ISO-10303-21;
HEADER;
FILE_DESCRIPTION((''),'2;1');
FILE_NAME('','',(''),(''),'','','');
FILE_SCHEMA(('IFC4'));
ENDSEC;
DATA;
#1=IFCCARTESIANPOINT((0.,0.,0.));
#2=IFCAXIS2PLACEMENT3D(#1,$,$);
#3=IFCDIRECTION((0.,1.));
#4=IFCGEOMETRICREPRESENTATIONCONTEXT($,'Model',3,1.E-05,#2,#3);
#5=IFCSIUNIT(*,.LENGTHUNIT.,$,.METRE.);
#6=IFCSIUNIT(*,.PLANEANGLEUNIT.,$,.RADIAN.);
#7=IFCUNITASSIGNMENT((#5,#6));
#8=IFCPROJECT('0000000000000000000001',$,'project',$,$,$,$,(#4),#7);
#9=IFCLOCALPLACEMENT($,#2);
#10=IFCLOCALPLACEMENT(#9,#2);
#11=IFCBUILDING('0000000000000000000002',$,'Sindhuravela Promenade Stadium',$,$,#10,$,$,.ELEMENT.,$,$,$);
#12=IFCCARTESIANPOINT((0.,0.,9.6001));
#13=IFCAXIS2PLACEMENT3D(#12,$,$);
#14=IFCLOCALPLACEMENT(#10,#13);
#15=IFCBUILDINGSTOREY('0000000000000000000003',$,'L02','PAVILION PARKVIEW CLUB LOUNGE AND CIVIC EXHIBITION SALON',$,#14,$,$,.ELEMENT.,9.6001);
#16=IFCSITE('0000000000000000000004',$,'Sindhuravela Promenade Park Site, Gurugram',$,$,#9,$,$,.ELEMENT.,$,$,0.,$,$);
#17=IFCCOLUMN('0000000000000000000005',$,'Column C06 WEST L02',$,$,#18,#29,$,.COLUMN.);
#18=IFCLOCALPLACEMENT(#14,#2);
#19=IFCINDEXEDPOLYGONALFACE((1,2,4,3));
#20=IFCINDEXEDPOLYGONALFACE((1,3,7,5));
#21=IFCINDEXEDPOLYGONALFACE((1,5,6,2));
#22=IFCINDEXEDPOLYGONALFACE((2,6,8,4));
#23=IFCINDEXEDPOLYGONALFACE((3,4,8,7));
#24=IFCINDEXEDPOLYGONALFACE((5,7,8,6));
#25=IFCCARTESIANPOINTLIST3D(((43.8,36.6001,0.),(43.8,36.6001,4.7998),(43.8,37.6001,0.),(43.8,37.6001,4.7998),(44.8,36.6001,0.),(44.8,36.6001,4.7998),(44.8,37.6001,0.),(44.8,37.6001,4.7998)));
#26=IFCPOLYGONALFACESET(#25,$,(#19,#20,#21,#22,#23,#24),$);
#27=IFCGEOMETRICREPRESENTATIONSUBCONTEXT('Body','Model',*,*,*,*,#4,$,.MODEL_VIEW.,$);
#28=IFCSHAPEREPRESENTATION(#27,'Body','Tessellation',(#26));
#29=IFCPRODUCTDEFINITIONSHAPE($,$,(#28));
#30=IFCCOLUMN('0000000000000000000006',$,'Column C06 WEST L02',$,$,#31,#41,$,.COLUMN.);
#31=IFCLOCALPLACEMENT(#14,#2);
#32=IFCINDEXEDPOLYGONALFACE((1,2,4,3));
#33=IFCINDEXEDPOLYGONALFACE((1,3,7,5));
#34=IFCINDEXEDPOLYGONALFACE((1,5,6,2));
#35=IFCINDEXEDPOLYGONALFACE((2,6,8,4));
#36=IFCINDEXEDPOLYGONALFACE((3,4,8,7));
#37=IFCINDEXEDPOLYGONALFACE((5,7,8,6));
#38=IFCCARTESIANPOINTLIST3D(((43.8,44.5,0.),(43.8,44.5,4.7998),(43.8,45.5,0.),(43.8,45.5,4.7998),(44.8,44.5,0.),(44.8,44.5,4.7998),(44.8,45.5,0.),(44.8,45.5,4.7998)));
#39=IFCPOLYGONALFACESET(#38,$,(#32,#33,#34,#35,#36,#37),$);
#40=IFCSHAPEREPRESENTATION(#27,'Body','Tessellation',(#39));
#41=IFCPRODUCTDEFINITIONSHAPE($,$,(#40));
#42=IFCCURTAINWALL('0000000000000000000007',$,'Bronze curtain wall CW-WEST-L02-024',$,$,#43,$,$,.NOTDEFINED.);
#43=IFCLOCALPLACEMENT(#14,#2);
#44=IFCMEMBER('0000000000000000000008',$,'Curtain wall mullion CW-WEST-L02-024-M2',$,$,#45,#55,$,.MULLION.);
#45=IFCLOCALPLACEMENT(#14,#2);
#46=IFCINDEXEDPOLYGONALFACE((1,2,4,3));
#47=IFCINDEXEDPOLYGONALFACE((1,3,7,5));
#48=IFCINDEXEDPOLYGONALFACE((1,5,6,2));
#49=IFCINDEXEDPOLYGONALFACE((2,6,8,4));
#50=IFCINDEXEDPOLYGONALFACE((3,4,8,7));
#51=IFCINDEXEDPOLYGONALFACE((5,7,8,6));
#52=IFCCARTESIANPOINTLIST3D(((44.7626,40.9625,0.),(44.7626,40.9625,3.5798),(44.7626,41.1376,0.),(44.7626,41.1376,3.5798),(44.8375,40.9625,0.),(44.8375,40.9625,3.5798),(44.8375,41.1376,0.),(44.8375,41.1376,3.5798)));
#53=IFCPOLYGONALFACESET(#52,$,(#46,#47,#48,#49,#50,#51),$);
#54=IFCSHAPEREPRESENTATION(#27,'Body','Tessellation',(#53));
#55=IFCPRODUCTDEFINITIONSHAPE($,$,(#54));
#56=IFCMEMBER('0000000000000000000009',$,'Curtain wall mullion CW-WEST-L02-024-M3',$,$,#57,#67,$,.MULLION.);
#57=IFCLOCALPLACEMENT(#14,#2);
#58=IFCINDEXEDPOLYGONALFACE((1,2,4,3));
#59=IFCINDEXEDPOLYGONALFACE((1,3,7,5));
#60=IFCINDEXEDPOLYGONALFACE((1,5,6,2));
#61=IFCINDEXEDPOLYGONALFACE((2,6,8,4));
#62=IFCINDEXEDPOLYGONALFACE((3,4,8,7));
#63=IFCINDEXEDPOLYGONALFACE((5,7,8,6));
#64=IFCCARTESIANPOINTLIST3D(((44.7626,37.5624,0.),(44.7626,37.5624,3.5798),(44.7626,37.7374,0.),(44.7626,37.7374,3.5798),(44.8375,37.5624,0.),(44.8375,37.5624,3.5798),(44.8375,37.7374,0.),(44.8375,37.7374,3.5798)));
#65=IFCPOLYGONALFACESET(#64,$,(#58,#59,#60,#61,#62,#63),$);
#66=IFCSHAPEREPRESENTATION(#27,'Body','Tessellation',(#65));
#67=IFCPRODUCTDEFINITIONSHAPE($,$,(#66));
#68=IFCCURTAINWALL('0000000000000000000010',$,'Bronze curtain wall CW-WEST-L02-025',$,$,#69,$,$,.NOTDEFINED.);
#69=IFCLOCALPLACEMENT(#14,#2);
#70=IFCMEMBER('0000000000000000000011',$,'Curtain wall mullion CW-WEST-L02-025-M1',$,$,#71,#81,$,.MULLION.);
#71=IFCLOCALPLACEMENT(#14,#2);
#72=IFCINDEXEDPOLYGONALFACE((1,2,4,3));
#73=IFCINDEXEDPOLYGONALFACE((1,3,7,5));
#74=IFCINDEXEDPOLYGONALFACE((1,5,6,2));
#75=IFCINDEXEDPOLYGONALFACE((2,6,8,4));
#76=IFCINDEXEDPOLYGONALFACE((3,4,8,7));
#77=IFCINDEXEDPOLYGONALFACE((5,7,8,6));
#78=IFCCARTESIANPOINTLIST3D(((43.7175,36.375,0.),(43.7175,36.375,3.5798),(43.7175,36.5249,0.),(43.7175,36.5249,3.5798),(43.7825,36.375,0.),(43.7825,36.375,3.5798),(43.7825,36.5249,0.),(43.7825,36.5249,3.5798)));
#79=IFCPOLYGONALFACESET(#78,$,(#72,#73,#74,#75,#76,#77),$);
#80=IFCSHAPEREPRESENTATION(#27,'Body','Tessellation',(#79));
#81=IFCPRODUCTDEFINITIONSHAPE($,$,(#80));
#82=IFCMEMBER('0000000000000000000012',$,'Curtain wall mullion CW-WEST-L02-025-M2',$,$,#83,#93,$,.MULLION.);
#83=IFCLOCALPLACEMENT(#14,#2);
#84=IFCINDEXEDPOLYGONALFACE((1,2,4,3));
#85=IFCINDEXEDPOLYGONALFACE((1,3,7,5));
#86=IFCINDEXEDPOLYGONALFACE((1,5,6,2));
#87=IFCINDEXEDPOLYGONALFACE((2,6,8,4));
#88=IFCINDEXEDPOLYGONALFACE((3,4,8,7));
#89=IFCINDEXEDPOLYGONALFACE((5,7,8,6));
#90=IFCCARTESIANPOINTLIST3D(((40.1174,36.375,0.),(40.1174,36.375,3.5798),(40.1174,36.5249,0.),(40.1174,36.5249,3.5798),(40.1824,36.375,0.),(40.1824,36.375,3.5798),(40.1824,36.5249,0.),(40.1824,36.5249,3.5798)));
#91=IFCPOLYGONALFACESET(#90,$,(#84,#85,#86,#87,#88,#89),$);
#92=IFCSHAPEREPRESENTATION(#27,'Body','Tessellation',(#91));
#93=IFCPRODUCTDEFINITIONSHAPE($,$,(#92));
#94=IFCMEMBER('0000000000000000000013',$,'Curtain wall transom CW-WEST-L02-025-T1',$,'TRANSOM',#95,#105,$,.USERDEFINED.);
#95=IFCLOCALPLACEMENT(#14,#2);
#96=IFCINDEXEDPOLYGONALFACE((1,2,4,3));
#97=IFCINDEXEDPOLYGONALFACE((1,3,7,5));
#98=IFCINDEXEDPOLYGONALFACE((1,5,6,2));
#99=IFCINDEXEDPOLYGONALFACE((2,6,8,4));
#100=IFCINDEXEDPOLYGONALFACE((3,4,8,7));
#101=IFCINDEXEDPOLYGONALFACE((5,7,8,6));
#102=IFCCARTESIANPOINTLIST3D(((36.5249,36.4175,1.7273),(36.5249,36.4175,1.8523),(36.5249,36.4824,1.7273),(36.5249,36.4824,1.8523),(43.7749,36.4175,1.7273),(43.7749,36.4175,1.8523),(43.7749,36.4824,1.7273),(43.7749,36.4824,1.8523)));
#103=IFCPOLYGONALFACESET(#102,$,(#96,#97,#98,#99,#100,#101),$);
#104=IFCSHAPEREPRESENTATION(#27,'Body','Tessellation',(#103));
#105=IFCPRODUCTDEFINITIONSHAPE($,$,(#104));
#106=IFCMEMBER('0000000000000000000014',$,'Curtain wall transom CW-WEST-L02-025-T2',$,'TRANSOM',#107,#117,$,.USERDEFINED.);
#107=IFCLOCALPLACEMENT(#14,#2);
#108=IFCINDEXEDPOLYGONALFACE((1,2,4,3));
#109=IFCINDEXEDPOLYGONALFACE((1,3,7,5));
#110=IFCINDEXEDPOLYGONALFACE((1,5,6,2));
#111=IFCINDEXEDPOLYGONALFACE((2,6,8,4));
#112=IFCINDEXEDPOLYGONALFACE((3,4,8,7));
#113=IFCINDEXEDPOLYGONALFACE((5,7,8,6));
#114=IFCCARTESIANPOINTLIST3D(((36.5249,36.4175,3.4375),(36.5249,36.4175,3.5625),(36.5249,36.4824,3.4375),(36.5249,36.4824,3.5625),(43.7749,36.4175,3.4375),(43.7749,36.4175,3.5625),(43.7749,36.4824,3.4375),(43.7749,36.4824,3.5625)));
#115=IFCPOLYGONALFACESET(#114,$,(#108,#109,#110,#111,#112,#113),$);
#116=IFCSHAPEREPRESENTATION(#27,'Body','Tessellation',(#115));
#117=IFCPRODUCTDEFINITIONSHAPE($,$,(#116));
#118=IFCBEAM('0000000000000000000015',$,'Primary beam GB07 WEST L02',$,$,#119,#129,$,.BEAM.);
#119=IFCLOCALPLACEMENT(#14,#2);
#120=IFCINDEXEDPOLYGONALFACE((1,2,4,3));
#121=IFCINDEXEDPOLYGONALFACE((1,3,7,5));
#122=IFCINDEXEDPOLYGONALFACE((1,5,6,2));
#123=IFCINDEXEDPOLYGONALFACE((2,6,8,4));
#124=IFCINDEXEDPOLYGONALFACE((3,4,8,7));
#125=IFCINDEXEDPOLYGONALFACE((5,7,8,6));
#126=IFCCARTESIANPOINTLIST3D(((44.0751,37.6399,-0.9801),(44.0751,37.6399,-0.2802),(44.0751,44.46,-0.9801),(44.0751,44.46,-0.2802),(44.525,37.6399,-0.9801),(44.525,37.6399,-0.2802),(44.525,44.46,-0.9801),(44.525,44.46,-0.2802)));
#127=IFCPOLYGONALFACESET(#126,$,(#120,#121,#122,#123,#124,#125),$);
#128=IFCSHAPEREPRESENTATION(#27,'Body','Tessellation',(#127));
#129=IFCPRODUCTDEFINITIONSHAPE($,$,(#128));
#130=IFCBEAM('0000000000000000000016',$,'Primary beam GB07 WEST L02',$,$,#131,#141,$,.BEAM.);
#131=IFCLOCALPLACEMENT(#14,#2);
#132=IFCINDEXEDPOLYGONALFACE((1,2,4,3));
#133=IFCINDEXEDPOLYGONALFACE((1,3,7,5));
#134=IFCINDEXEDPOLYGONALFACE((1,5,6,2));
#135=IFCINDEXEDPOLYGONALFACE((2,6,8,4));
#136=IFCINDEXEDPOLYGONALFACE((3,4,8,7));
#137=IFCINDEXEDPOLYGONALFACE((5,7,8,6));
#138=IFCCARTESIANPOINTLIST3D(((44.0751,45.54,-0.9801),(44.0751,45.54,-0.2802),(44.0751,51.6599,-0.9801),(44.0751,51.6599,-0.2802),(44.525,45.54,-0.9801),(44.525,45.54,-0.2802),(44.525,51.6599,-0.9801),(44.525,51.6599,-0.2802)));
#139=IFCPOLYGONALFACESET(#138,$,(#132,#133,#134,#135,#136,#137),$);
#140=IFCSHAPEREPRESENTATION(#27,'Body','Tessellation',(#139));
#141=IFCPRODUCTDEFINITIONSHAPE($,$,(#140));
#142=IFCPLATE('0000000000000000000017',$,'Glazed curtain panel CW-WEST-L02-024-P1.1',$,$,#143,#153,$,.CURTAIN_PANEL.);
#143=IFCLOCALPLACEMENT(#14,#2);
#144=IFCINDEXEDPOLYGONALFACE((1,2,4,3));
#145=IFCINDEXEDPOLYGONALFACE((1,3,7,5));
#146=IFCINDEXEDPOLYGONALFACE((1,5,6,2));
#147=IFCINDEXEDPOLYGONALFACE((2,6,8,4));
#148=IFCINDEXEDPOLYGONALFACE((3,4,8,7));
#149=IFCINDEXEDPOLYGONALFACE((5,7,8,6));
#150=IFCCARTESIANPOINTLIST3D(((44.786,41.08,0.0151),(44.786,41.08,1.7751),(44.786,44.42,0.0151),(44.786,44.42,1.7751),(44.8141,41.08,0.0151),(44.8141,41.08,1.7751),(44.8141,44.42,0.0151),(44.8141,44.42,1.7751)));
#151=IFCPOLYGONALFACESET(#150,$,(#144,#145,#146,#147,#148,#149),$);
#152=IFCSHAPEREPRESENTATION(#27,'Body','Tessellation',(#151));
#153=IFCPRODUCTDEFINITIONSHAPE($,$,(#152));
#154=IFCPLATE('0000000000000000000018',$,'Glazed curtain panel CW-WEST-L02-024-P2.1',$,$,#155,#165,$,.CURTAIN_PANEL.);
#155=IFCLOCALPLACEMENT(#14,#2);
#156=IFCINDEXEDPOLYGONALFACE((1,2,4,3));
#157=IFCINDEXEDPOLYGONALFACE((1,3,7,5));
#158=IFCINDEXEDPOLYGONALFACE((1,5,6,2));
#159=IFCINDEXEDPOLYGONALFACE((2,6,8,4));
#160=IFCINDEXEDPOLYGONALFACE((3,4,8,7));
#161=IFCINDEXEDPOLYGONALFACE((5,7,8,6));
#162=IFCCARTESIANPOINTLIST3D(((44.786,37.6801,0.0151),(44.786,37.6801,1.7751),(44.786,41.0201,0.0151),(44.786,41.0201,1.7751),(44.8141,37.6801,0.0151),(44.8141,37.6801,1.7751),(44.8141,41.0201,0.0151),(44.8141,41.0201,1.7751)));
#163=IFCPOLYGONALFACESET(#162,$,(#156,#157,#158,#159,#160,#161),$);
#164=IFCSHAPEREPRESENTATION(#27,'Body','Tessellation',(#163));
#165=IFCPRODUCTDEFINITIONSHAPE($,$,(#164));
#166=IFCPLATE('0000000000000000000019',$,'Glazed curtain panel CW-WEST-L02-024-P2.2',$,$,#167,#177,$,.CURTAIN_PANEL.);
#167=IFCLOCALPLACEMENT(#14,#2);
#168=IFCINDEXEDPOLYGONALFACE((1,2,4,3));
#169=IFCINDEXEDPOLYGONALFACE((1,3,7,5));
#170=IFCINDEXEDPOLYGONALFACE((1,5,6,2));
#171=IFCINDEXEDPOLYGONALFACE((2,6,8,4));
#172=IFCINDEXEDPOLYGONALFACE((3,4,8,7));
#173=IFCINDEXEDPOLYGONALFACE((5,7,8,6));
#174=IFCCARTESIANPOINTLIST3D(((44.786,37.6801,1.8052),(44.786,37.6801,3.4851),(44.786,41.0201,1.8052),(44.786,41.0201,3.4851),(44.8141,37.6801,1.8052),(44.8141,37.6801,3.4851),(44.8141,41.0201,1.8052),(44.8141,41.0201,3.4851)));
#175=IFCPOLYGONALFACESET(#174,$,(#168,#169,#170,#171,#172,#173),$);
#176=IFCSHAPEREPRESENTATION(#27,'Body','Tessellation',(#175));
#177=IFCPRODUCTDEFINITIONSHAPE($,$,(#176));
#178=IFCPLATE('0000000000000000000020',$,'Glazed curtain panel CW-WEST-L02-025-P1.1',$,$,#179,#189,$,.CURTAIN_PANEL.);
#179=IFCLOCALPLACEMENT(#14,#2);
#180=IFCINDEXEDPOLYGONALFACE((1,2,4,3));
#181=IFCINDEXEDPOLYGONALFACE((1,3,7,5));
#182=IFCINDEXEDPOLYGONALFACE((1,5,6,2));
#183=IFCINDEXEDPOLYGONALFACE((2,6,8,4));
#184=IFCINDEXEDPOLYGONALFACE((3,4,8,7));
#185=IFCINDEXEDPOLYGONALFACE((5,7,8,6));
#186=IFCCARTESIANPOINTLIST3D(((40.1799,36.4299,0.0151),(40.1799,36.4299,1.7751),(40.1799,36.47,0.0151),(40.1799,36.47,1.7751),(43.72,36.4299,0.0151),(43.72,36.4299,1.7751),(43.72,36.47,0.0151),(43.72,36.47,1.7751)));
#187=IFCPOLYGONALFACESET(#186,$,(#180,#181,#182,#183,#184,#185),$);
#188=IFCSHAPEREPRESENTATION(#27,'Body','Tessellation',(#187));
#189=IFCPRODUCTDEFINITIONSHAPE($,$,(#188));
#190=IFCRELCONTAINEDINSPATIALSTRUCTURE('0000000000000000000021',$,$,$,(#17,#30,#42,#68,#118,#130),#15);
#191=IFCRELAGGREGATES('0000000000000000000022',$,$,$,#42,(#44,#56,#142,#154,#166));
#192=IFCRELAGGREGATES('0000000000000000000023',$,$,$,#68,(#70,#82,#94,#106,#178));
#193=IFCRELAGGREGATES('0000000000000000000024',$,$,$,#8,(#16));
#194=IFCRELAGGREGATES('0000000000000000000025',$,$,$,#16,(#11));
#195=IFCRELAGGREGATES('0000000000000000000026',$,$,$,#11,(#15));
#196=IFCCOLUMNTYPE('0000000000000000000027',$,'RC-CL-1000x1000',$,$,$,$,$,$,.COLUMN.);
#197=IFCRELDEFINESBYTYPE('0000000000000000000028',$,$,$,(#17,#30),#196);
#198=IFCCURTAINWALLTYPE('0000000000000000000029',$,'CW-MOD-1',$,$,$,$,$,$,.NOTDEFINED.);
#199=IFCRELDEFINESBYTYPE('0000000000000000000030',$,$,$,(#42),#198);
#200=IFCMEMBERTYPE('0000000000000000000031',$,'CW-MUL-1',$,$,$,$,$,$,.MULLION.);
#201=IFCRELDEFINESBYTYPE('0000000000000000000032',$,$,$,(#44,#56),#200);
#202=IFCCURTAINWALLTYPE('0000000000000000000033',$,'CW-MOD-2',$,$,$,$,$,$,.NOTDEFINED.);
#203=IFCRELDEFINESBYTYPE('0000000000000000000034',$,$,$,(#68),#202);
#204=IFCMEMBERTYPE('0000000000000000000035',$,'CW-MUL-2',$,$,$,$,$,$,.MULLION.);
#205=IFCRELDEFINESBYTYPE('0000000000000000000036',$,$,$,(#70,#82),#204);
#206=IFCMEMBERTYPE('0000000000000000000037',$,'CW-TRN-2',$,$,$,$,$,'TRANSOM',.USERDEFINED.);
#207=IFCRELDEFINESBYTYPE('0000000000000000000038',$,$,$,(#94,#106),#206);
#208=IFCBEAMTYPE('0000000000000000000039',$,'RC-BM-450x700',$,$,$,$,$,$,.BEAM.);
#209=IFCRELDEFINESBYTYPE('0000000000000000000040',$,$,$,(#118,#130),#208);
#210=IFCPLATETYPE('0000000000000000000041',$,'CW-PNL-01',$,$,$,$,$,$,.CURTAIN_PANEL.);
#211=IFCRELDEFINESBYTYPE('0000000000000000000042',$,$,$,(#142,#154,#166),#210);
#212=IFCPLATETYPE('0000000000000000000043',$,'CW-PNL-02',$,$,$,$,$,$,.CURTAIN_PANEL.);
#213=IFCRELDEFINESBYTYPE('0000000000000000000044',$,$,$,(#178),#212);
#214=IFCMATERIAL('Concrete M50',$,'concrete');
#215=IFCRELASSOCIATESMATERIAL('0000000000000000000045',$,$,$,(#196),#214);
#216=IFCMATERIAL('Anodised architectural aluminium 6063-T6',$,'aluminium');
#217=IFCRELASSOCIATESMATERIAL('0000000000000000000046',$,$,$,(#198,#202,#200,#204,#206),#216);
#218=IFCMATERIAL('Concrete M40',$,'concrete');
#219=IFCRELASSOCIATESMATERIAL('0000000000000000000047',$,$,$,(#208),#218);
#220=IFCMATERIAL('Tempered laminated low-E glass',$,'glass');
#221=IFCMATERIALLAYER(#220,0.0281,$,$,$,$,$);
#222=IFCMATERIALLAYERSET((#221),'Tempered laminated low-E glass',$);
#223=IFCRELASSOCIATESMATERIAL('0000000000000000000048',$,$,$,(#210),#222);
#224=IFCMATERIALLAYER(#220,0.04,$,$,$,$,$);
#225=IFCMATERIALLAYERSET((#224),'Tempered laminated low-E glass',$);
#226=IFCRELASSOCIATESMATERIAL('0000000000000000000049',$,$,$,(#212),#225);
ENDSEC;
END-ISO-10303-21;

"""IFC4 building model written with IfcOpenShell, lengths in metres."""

from ifc_helpers import new_model, si_unit, direction, frame, origin, origin_2d, place, context, subcontext, project, spatial, rectangle, extrude, material, layer, layer_set, material_profile, profile_set, type_object, element, aggregate, save


model = new_model("IFC4")

# Units and contexts
model_context = context("Model", 3, precision=1e-05, world=origin(), true_north=direction((0.0, 1.0)))
body_context = subcontext(model_context, "Body", "Model", "MODEL_VIEW")
ifc_project = project(units=[si_unit("LENGTHUNIT", "METRE"), si_unit("PLANEANGLEUNIT", "RADIAN")], contexts=[model_context])

# Site, building, storey
site_placement = place(None, origin())
site = spatial("IfcSite", under=ifc_project, at=site_placement, Name="Sindhuravela Promenade Park Site, Gurugram", CompositionType="ELEMENT", RefElevation=0.0)
building_placement = place(site_placement, origin())
building = spatial("IfcBuilding", under=site, at=building_placement, Name="Sindhuravela Promenade Stadium", CompositionType="ELEMENT")
storey_placement = place(building_placement, frame((0.0, 0.0, 9.6001)))
storey = spatial("IfcBuildingStorey", under=building, at=storey_placement, Name="L02", Description="PAVILION PARKVIEW CLUB LOUNGE AND CIVIC EXHIBITION SALON", CompositionType="ELEMENT", Elevation=9.6001)

# Columns
ifc_material_1 = material(Name="Concrete M50", Category="concrete")
ifc_material_profile_1 = material_profile(ifc_material_1, rectangle(XDim=1.0, YDim=1.0, at=origin_2d()), Name="RC 1000x1000")
ifc_profile_set_1 = profile_set([ifc_material_profile_1], Name="Concrete M50")
column_type = type_object("IfcColumnType", Name="RC-CL-1000x1000", PredefinedType="COLUMN", material=ifc_profile_set_1)
for number, where, z_axis, x_axis, name in (
    (1, (44.3, 37.1001, 0.0), (0.0, 0.0, 1.0), (1.0, 0.0, 0.0), "Column C06 WEST L02"),
    (2, (44.3, 45.0, 0.0), (0.0, 0.0, 1.0), (1.0, 0.0, 0.0), "Column C06 WEST L02"),
):
    element("IfcColumn", number, at=place(storey_placement, frame(where, z_axis=z_axis, x_axis=x_axis)), inside=storey, type_object=column_type, Name=name, PredefinedType="COLUMN", context=body_context, shape_type="SweptSolid", body=[
        extrude(rectangle(XDim=1.0, YDim=1.0, at=origin_2d()), origin(), (0.0, 0.0, 1.0), 4.7998),
    ])

# Curtain walls, members
ifc_material_2 = material(Name="Anodised architectural aluminium 6063-T6", Category="aluminium")
curtain_wall_type_1 = type_object("IfcCurtainWallType", Name="CW-MOD-1", PredefinedType="NOTDEFINED", material=ifc_material_2)
curtain_wall_1_placement = place(storey_placement, origin())
curtain_wall_1 = element("IfcCurtainWall", 3, at=curtain_wall_1_placement, inside=storey, type_object=curtain_wall_type_1, Name="Bronze curtain wall CW-WEST-L02-024", PredefinedType="NOTDEFINED")
ifc_material_profile_2 = material_profile(ifc_material_2, rectangle(XDim=0.075, YDim=0.175, at=origin_2d()), Name="ALU MULL 75x175")
ifc_profile_set_2 = profile_set([ifc_material_profile_2], Name="Anodised architectural aluminium 6063-T6")
member_type_1 = type_object("IfcMemberType", Name="CW-MUL-1", PredefinedType="MULLION", material=ifc_profile_set_2)
member_1_placement = place(storey_placement, frame((44.8, 41.05, 0.0), z_axis=(0.0, 0.0, 1.0), x_axis=(1.0, 0.0, 0.0)))
member_1 = element("IfcMember", 4, at=member_1_placement, type_object=member_type_1, Name="Curtain wall mullion CW-WEST-L02-024-M2", PredefinedType="MULLION", context=body_context, shape_type="SweptSolid", body=[
    extrude(rectangle(XDim=0.075, YDim=0.175, at=origin_2d()), origin(), (0.0, 0.0, 1.0), 3.5798),
])
member_2_placement = place(storey_placement, frame((44.8, 37.6499, 0.0), z_axis=(0.0, 0.0, 1.0), x_axis=(1.0, 0.0, 0.0)))
member_2 = element("IfcMember", 5, at=member_2_placement, type_object=member_type_1, Name="Curtain wall mullion CW-WEST-L02-024-M3", PredefinedType="MULLION", context=body_context, shape_type="SweptSolid", body=[
    extrude(rectangle(XDim=0.075, YDim=0.175, at=origin_2d()), origin(), (0.0, 0.0, 1.0), 3.5798),
])
curtain_wall_type_2 = type_object("IfcCurtainWallType", Name="CW-MOD-2", PredefinedType="NOTDEFINED", material=ifc_material_2)
curtain_wall_2_placement = place(storey_placement, origin())
curtain_wall_2 = element("IfcCurtainWall", 6, at=curtain_wall_2_placement, inside=storey, type_object=curtain_wall_type_2, Name="Bronze curtain wall CW-WEST-L02-025", PredefinedType="NOTDEFINED")
ifc_material_profile_3 = material_profile(ifc_material_2, rectangle(XDim=0.0649, YDim=0.1499, at=origin_2d()), Name="ALU MULL 65x150")
ifc_profile_set_3 = profile_set([ifc_material_profile_3], Name="Anodised architectural aluminium 6063-T6")
member_type_2 = type_object("IfcMemberType", Name="CW-MUL-2", PredefinedType="MULLION", material=ifc_profile_set_3)
member_3_placement = place(storey_placement, frame((43.75, 36.45, 0.0), z_axis=(0.0, 0.0, 1.0), x_axis=(1.0, 0.0, 0.0)))
member_3 = element("IfcMember", 7, at=member_3_placement, type_object=member_type_2, Name="Curtain wall mullion CW-WEST-L02-025-M1", PredefinedType="MULLION", context=body_context, shape_type="SweptSolid", body=[
    extrude(rectangle(XDim=0.0649, YDim=0.1499, at=origin_2d()), origin(), (0.0, 0.0, 1.0), 3.5798),
])
member_4_placement = place(storey_placement, frame((40.1499, 36.45, 0.0), z_axis=(0.0, 0.0, 1.0), x_axis=(1.0, 0.0, 0.0)))
member_4 = element("IfcMember", 8, at=member_4_placement, type_object=member_type_2, Name="Curtain wall mullion CW-WEST-L02-025-M2", PredefinedType="MULLION", context=body_context, shape_type="SweptSolid", body=[
    extrude(rectangle(XDim=0.0649, YDim=0.1499, at=origin_2d()), origin(), (0.0, 0.0, 1.0), 3.5798),
])
ifc_material_profile_4 = material_profile(ifc_material_2, rectangle(XDim=0.0649, YDim=0.125, at=origin_2d()), Name="ALU TRAN 65x125")
ifc_profile_set_4 = profile_set([ifc_material_profile_4], Name="Anodised architectural aluminium 6063-T6")
member_type_3 = type_object("IfcMemberType", Name="CW-TRN-2", ElementType="TRANSOM", PredefinedType="USERDEFINED", material=ifc_profile_set_4)
member_5_placement = place(storey_placement, frame((43.7749, 36.45, 1.7898), z_axis=(-1.0, 0.0, 0.0), x_axis=(0.0, -1.0, 0.0)))
member_5 = element("IfcMember", 9, at=member_5_placement, type_object=member_type_3, Name="Curtain wall transom CW-WEST-L02-025-T1", ObjectType="TRANSOM", PredefinedType="USERDEFINED", context=body_context, shape_type="SweptSolid", body=[
    extrude(rectangle(XDim=0.0649, YDim=0.125, at=origin_2d()), origin(), (0.0, 0.0, 1.0), 7.25),
])
member_6_placement = place(storey_placement, frame((43.7749, 36.45, 3.5), z_axis=(-1.0, 0.0, 0.0), x_axis=(0.0, -1.0, 0.0)))
member_6 = element("IfcMember", 10, at=member_6_placement, type_object=member_type_3, Name="Curtain wall transom CW-WEST-L02-025-T2", ObjectType="TRANSOM", PredefinedType="USERDEFINED", context=body_context, shape_type="SweptSolid", body=[
    extrude(rectangle(XDim=0.0649, YDim=0.125, at=origin_2d()), origin(), (0.0, 0.0, 1.0), 7.25),
])

# Beams
ifc_material_3 = material(Name="Concrete M40", Category="concrete")
ifc_material_profile_5 = material_profile(ifc_material_3, rectangle(XDim=0.45, YDim=0.7, at=origin_2d()), Name="RC 450x700")
ifc_profile_set_5 = profile_set([ifc_material_profile_5], Name="Concrete M40")
beam_type = type_object("IfcBeamType", Name="RC-BM-450x700", PredefinedType="BEAM", material=ifc_profile_set_5)
beam_1_placement = place(storey_placement, frame((44.3, 37.6399, -0.6301), z_axis=(0.0, 1.0, 0.0), x_axis=(-1.0, 0.0, 0.0)))
element("IfcBeam", 11, at=beam_1_placement, inside=storey, type_object=beam_type, Name="Primary beam GB07 WEST L02", PredefinedType="BEAM", context=body_context, shape_type="SweptSolid", body=[
    extrude(rectangle(XDim=0.45, YDim=0.7, at=origin_2d()), origin(), (0.0, 0.0, 1.0), 6.8201),
])
beam_2_placement = place(storey_placement, frame((44.3, 45.54, -0.6301), z_axis=(0.0, 1.0, 0.0), x_axis=(-1.0, 0.0, 0.0)))
element("IfcBeam", 12, at=beam_2_placement, inside=storey, type_object=beam_type, Name="Primary beam GB07 WEST L02", PredefinedType="BEAM", context=body_context, shape_type="SweptSolid", body=[
    extrude(rectangle(XDim=0.45, YDim=0.7, at=origin_2d()), origin(), (0.0, 0.0, 1.0), 6.1199),
])

# Plates
ifc_material_4 = material(Name="Tempered laminated low-E glass", Category="glass")
ifc_layer_1 = layer(ifc_material_4, 0.0281)
ifc_layer_set_1 = layer_set([ifc_layer_1], Name="Tempered laminated low-E glass")
plate_type_1 = type_object("IfcPlateType", Name="CW-PNL-01", PredefinedType="CURTAIN_PANEL", material=ifc_layer_set_1)
plate_1_placement = place(storey_placement, frame((44.8, 42.75, 0.0151), z_axis=(0.0, 0.0, 1.0), x_axis=(0.0, -1.0, 0.0)))
plate_1 = element("IfcPlate", 13, at=plate_1_placement, type_object=plate_type_1, Name="Glazed curtain panel CW-WEST-L02-024-P1.1", PredefinedType="CURTAIN_PANEL", context=body_context, shape_type="SweptSolid", body=[
    extrude(rectangle(XDim=3.3401, YDim=0.0281, at=origin_2d()), origin(), (0.0, 0.0, 1.0), 1.76),
])
plate_2_placement = place(storey_placement, frame((44.8, 39.3501, 0.0151), z_axis=(0.0, 0.0, 1.0), x_axis=(0.0, -1.0, 0.0)))
plate_2 = element("IfcPlate", 14, at=plate_2_placement, type_object=plate_type_1, Name="Glazed curtain panel CW-WEST-L02-024-P2.1", PredefinedType="CURTAIN_PANEL", context=body_context, shape_type="SweptSolid", body=[
    extrude(rectangle(XDim=3.3401, YDim=0.0281, at=origin_2d()), origin(), (0.0, 0.0, 1.0), 1.76),
])
plate_3_placement = place(storey_placement, frame((44.8, 39.3501, 1.8052), z_axis=(0.0, 0.0, 1.0), x_axis=(0.0, -1.0, 0.0)))
plate_3 = element("IfcPlate", 15, at=plate_3_placement, type_object=plate_type_1, Name="Glazed curtain panel CW-WEST-L02-024-P2.2", PredefinedType="CURTAIN_PANEL", context=body_context, shape_type="SweptSolid", body=[
    extrude(rectangle(XDim=3.3401, YDim=0.0281, at=origin_2d()), origin(), (0.0, 0.0, 1.0), 1.6799),
])
aggregate(curtain_wall_1, [member_1, member_2, plate_1, plate_2, plate_3])
ifc_layer_2 = layer(ifc_material_4, 0.04)
ifc_layer_set_2 = layer_set([ifc_layer_2], Name="Tempered laminated low-E glass")
plate_type_2 = type_object("IfcPlateType", Name="CW-PNL-02", PredefinedType="CURTAIN_PANEL", material=ifc_layer_set_2)
plate_4_placement = place(storey_placement, frame((41.95, 36.45, 0.0151), z_axis=(0.0, 0.0, 1.0), x_axis=(-1.0, 0.0, 0.0)))
plate_4 = element("IfcPlate", 16, at=plate_4_placement, type_object=plate_type_2, Name="Glazed curtain panel CW-WEST-L02-025-P1.1", PredefinedType="CURTAIN_PANEL", context=body_context, shape_type="SweptSolid", body=[
    extrude(rectangle(XDim=3.54, YDim=0.04, at=origin_2d()), origin(), (0.0, 0.0, 1.0), 1.76),
])
aggregate(curtain_wall_2, [member_3, member_4, member_5, member_6, plate_4])

save(model, "model.ifc")
